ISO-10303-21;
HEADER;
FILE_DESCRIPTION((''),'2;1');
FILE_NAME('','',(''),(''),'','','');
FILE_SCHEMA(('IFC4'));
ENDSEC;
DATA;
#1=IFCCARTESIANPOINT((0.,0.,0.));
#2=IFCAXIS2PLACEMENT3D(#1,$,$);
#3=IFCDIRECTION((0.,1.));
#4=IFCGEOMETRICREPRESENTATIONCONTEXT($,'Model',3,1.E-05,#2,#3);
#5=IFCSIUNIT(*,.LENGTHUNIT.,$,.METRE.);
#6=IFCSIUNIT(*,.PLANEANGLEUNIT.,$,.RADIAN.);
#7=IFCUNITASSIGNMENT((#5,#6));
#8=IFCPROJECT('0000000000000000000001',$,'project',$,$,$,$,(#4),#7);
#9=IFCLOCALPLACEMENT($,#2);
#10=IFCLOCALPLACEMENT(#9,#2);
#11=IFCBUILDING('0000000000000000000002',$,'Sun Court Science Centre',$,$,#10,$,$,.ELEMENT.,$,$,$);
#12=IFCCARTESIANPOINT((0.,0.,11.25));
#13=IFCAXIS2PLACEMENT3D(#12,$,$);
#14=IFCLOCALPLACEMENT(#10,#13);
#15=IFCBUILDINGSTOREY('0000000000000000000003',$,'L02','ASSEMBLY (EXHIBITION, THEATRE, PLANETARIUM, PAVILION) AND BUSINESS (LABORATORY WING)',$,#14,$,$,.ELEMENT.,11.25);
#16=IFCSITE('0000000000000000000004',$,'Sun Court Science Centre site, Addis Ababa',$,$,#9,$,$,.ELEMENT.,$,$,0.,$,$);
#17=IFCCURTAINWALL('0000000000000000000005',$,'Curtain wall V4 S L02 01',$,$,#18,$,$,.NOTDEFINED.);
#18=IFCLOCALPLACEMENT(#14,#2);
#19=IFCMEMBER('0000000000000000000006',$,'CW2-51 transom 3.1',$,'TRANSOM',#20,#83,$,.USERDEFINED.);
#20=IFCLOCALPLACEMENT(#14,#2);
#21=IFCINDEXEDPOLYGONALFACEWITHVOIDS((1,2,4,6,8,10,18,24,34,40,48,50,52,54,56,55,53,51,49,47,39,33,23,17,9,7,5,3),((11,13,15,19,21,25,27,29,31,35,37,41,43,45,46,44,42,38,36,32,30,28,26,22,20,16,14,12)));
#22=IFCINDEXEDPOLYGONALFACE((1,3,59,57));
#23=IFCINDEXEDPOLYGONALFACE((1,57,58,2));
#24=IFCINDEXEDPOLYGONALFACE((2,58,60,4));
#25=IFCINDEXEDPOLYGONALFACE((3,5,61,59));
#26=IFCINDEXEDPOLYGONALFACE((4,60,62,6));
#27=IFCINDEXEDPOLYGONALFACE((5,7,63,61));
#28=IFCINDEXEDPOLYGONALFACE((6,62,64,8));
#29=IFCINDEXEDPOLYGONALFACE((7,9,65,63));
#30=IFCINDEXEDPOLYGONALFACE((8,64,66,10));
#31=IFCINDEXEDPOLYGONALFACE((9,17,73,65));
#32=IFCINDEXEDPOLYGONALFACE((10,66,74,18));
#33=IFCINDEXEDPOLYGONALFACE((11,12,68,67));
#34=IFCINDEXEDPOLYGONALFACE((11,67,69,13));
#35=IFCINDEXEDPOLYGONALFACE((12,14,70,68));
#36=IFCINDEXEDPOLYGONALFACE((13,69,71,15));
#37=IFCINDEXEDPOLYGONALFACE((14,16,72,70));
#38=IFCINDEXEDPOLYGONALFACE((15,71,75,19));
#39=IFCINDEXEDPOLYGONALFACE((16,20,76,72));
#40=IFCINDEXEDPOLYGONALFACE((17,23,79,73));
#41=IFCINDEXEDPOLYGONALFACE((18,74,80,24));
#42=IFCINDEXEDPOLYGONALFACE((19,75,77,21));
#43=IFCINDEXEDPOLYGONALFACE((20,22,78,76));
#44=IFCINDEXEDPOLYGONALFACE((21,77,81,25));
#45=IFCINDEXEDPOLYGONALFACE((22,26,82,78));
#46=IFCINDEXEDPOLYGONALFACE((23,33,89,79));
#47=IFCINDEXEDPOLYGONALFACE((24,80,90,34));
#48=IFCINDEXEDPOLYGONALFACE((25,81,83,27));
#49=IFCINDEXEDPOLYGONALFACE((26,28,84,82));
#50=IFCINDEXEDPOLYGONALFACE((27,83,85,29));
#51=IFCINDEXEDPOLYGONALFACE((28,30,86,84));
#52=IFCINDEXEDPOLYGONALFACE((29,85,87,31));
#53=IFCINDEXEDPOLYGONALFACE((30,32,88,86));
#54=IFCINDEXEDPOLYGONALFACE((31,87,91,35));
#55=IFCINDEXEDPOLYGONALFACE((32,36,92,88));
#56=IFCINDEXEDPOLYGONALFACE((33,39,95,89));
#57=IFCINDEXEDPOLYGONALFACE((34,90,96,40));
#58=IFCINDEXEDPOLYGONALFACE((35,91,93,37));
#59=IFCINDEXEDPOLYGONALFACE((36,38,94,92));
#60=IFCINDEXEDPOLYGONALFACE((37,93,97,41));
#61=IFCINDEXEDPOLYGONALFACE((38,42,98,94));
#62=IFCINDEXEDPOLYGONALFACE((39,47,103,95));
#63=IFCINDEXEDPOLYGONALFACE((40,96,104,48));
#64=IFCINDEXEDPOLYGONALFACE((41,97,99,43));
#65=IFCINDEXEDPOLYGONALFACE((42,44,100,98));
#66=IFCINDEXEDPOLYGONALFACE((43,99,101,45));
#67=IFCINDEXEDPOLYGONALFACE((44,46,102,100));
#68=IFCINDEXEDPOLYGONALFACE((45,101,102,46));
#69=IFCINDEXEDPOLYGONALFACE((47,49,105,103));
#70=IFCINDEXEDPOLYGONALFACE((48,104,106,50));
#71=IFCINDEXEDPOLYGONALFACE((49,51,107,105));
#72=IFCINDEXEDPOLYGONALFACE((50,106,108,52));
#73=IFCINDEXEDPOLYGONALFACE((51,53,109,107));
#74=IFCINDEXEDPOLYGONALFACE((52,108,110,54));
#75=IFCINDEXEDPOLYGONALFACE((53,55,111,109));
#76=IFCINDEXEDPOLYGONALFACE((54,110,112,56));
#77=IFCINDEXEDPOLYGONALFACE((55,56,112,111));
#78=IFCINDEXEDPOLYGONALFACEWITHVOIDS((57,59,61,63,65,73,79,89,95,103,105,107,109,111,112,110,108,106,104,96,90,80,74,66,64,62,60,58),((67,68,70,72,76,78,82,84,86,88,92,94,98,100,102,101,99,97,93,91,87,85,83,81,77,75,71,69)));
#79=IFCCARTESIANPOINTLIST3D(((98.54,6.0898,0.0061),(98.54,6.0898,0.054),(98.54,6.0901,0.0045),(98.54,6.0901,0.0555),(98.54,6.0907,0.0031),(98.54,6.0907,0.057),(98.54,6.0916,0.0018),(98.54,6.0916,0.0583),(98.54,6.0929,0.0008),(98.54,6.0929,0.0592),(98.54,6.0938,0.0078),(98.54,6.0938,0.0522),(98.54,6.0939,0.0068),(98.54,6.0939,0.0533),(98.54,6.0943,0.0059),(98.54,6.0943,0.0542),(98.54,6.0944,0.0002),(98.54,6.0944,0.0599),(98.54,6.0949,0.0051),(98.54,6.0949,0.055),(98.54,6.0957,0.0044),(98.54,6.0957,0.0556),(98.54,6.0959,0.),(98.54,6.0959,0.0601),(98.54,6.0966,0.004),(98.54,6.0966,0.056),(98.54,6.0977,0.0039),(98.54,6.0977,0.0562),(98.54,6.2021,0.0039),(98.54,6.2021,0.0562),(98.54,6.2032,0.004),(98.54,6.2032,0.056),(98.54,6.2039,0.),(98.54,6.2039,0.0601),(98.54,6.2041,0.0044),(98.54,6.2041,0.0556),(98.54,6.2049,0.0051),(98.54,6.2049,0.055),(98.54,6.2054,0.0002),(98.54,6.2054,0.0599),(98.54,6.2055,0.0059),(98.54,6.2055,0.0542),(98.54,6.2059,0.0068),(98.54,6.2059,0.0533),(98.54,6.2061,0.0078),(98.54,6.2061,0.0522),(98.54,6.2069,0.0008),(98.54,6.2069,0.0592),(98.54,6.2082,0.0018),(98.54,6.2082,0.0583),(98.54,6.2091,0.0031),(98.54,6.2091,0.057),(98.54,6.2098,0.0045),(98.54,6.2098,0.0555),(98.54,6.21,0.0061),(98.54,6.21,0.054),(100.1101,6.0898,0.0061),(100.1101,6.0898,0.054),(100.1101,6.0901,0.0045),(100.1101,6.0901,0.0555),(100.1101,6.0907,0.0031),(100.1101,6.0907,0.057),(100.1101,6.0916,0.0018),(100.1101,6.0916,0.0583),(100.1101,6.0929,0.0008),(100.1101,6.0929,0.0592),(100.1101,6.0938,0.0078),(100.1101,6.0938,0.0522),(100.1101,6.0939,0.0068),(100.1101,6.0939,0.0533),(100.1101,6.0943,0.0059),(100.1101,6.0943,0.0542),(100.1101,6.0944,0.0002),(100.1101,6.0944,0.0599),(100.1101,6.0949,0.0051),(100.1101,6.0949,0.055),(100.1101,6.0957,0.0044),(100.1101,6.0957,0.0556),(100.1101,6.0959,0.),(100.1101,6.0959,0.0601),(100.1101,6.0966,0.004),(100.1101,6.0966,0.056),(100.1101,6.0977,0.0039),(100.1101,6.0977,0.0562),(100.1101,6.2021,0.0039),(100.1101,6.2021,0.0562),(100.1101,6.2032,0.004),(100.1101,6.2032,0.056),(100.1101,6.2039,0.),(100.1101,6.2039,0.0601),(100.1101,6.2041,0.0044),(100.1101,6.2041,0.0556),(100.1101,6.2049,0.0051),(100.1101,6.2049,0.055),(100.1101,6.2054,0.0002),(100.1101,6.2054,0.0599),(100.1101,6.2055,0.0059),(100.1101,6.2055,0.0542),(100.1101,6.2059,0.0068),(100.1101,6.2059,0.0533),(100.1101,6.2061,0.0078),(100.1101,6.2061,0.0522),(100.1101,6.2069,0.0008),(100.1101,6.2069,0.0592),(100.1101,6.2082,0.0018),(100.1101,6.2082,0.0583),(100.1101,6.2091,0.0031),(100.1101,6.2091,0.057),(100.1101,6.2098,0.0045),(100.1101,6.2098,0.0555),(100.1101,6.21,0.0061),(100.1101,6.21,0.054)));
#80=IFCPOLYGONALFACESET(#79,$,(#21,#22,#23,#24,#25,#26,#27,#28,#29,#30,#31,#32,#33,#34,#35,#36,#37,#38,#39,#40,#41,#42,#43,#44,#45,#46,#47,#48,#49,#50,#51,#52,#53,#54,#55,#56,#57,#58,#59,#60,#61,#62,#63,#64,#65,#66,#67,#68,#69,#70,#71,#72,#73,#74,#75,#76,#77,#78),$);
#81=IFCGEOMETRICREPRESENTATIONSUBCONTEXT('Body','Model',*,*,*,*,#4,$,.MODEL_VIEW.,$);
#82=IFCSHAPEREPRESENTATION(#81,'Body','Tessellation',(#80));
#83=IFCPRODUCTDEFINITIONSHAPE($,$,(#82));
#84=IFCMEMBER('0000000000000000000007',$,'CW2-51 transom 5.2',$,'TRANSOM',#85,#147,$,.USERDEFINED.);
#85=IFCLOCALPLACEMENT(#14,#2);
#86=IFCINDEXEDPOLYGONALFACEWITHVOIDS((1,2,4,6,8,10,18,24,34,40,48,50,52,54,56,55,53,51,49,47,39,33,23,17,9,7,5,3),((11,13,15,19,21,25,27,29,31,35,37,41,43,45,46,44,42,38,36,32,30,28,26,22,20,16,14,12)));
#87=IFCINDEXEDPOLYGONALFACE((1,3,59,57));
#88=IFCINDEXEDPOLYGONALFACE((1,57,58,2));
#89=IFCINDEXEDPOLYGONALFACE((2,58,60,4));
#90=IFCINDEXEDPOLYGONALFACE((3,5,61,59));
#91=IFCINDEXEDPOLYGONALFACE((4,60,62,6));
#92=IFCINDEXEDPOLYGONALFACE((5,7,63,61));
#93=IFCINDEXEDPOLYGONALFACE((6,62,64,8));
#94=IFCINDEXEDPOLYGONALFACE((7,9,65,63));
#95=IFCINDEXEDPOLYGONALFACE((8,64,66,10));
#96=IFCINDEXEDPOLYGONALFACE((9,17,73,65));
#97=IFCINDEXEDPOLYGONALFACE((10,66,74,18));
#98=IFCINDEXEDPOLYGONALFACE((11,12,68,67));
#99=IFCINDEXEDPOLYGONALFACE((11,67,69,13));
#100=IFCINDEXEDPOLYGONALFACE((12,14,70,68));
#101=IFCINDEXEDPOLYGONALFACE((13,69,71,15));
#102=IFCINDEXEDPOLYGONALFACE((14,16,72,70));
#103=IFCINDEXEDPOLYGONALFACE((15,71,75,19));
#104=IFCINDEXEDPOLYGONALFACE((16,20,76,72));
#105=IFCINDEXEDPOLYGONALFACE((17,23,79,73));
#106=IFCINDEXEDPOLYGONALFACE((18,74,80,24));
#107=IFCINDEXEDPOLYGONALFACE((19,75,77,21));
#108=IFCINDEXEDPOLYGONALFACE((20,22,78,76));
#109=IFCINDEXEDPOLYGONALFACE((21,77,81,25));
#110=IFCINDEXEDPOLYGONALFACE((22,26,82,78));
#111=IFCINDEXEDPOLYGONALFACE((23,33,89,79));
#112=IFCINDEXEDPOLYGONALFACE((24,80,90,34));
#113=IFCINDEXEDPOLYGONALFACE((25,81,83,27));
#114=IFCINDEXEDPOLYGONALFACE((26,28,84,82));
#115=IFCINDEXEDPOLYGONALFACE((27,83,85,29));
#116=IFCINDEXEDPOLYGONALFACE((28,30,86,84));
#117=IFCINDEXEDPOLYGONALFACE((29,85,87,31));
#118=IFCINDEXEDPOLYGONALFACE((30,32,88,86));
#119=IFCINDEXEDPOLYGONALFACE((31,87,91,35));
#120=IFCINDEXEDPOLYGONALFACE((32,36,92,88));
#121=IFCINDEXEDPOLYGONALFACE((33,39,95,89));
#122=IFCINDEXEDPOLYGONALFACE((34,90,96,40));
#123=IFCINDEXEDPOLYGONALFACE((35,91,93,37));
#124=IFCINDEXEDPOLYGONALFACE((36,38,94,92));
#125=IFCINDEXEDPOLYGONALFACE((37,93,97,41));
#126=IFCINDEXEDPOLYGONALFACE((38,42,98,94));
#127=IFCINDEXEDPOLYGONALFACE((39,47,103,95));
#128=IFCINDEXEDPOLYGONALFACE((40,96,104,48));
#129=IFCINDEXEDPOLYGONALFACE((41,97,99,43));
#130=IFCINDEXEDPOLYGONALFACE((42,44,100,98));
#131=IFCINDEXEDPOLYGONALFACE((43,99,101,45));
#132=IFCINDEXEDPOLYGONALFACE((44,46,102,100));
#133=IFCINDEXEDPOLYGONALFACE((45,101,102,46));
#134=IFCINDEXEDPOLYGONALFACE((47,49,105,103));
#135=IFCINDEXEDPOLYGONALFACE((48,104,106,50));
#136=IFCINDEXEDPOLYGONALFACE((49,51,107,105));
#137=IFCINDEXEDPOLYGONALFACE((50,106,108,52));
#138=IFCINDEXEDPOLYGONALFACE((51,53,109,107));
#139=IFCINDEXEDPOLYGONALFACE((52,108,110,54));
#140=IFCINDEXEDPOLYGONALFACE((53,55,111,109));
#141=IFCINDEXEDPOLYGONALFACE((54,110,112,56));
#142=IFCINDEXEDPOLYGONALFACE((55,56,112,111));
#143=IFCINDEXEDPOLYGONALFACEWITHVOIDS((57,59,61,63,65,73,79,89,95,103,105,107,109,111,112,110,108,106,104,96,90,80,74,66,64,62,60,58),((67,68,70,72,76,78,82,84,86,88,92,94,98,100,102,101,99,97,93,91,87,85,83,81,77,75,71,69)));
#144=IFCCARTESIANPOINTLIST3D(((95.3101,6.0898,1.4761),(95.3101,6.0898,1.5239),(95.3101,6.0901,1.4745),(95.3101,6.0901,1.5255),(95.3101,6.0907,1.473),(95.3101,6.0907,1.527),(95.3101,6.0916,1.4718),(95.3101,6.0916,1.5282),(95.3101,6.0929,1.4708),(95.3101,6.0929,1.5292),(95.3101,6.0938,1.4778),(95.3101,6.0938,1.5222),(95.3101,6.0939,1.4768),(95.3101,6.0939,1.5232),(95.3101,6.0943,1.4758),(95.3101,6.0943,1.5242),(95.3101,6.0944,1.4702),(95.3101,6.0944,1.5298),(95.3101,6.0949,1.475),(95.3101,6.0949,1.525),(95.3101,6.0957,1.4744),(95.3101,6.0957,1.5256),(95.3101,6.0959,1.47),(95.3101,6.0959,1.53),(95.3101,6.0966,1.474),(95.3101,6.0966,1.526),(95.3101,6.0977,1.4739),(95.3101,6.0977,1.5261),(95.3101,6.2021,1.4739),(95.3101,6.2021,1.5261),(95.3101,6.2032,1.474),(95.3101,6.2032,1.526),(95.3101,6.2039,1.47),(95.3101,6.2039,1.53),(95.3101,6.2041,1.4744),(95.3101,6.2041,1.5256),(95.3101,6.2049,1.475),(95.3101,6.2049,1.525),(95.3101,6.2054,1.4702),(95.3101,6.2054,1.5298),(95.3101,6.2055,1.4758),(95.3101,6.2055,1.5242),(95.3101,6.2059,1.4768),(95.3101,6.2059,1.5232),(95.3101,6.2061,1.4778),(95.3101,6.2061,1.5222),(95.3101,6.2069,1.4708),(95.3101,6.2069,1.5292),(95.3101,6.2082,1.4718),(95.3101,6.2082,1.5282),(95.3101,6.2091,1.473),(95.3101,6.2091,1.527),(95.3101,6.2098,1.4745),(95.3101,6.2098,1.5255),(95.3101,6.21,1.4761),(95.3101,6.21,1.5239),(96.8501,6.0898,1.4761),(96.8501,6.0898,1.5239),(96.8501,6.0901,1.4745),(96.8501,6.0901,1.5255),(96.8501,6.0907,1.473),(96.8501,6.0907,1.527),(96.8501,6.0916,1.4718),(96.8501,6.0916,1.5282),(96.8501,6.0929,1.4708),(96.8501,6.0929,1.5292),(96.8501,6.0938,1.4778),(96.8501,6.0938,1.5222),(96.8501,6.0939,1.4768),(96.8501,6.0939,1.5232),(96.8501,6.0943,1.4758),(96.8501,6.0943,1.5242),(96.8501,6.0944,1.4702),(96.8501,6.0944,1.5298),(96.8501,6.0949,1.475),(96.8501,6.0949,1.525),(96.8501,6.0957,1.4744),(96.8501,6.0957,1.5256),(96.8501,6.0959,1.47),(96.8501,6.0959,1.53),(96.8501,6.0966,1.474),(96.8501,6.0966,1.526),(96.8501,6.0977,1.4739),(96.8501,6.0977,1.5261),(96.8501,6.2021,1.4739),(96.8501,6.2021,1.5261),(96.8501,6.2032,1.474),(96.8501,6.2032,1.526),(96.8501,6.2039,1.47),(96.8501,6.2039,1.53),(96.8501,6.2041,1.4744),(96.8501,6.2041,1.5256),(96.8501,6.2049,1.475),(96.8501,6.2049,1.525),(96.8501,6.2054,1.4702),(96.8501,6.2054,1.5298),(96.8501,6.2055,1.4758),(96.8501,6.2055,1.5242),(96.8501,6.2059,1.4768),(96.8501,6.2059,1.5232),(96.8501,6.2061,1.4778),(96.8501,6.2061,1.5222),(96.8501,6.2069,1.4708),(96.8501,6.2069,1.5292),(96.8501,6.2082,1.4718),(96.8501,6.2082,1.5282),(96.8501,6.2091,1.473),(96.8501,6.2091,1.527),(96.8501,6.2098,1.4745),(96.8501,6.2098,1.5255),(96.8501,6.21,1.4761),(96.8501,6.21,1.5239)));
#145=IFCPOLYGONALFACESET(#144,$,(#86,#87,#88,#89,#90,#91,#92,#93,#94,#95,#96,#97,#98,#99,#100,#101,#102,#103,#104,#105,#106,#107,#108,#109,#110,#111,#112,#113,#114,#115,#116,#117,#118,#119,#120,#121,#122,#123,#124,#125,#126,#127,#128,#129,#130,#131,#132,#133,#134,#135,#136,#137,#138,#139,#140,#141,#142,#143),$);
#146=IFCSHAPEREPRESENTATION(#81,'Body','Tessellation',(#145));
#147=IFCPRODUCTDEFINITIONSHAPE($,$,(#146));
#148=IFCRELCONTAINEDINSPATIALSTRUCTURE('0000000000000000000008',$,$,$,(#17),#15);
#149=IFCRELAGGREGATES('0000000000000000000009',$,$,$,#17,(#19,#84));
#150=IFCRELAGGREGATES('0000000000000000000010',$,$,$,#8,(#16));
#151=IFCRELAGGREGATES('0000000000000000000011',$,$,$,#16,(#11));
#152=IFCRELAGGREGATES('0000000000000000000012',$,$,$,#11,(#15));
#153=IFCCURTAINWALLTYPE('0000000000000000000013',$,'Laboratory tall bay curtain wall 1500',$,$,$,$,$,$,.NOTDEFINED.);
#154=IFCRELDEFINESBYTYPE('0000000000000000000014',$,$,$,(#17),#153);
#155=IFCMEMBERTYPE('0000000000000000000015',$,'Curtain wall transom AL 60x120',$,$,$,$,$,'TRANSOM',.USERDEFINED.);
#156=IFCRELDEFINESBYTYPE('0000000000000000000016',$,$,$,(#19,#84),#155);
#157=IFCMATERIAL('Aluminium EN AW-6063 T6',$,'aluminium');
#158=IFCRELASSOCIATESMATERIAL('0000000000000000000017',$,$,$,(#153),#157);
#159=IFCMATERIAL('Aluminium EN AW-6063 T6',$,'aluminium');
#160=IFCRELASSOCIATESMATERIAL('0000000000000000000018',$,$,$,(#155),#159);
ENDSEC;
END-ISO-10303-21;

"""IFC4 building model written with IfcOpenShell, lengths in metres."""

from ifc_helpers import new_model, si_unit, direction, frame, origin, origin_2d, place, context, subcontext, project, spatial, hollow_rectangle, extrude, material, material_profile, profile_set, type_object, element, aggregate, save


model = new_model("IFC4")

# Units and contexts
model_context = context("Model", 3, precision=1e-05, world=origin(), true_north=direction((0.0, 1.0)))
body_context = subcontext(model_context, "Body", "Model", "MODEL_VIEW")
ifc_project = project(units=[si_unit("LENGTHUNIT", "METRE"), si_unit("PLANEANGLEUNIT", "RADIAN")], contexts=[model_context])

# Site, building, storey
site_placement = place(None, origin())
site = spatial("IfcSite", under=ifc_project, at=site_placement, Name="Sun Court Science Centre site, Addis Ababa", CompositionType="ELEMENT", RefElevation=0.0)
building_placement = place(site_placement, origin())
building = spatial("IfcBuilding", under=site, at=building_placement, Name="Sun Court Science Centre", CompositionType="ELEMENT")
storey_placement = place(building_placement, frame((0.0, 0.0, 11.25)))
storey = spatial("IfcBuildingStorey", under=building, at=storey_placement, Name="L02", Description="ASSEMBLY (EXHIBITION, THEATRE, PLANETARIUM, PAVILION) AND BUSINESS (LABORATORY WING)", CompositionType="ELEMENT", Elevation=11.25)

# Curtain wall
ifc_material_1 = material(Name="Aluminium EN AW-6063 T6", Category="aluminium")
curtain_wall_type = type_object("IfcCurtainWallType", Name="Laboratory tall bay curtain wall 1500", PredefinedType="NOTDEFINED", material=ifc_material_1)
curtain_wall_1_placement = place(storey_placement, origin())
curtain_wall_1 = element("IfcCurtainWall", 1, at=curtain_wall_1_placement, inside=storey, type_object=curtain_wall_type, Name="Curtain wall V4 S L02 01", PredefinedType="NOTDEFINED")

# Members
ifc_material_2 = material(Name="Aluminium EN AW-6063 T6", Category="aluminium")
ifc_material_profile_1 = material_profile(ifc_material_2, hollow_rectangle(XDim=0.0601, YDim=0.1201, WallThickness=0.0039, InnerFilletRadius=0.0039, OuterFilletRadius=0.0061, at=origin_2d()), Name="AL 60x120x4")
ifc_profile_set_1 = profile_set([ifc_material_profile_1], Name="Aluminium EN AW-6063 T6")
member_type_1 = type_object("IfcMemberType", Name="Curtain wall transom AL 60x120", ElementType="TRANSOM", PredefinedType="USERDEFINED", material=ifc_profile_set_1)
member_1_placement = place(storey_placement, frame((100.1101, 6.1499, 0.03), z_axis=(-1.0, 0.0, 0.0), x_axis=(0.0, 0.0, 1.0)))
member_1 = element("IfcMember", 2, at=member_1_placement, type_object=member_type_1, Name="CW2-51 transom 3.1", ObjectType="TRANSOM", PredefinedType="USERDEFINED", context=body_context, shape_type="SweptSolid", body=[
    extrude(hollow_rectangle(XDim=0.0601, YDim=0.1201, WallThickness=0.0039, InnerFilletRadius=0.0039, OuterFilletRadius=0.0061, at=origin_2d()), origin(), (0.0, 0.0, 1.0), 1.5701),
])
member_2_placement = place(storey_placement, frame((96.8501, 6.1499, 1.5), z_axis=(-1.0, 0.0, 0.0), x_axis=(0.0, 0.0, 1.0)))
member_2 = element("IfcMember", 3, at=member_2_placement, type_object=member_type_1, Name="CW2-51 transom 5.2", ObjectType="TRANSOM", PredefinedType="USERDEFINED", context=body_context, shape_type="SweptSolid", body=[
    extrude(hollow_rectangle(XDim=0.0601, YDim=0.1201, WallThickness=0.0039, InnerFilletRadius=0.0039, OuterFilletRadius=0.0061, at=origin_2d()), origin(), (0.0, 0.0, 1.0), 1.54),
])

aggregate(curtain_wall_1, [member_1, member_2])

save(model, "model.ifc")
